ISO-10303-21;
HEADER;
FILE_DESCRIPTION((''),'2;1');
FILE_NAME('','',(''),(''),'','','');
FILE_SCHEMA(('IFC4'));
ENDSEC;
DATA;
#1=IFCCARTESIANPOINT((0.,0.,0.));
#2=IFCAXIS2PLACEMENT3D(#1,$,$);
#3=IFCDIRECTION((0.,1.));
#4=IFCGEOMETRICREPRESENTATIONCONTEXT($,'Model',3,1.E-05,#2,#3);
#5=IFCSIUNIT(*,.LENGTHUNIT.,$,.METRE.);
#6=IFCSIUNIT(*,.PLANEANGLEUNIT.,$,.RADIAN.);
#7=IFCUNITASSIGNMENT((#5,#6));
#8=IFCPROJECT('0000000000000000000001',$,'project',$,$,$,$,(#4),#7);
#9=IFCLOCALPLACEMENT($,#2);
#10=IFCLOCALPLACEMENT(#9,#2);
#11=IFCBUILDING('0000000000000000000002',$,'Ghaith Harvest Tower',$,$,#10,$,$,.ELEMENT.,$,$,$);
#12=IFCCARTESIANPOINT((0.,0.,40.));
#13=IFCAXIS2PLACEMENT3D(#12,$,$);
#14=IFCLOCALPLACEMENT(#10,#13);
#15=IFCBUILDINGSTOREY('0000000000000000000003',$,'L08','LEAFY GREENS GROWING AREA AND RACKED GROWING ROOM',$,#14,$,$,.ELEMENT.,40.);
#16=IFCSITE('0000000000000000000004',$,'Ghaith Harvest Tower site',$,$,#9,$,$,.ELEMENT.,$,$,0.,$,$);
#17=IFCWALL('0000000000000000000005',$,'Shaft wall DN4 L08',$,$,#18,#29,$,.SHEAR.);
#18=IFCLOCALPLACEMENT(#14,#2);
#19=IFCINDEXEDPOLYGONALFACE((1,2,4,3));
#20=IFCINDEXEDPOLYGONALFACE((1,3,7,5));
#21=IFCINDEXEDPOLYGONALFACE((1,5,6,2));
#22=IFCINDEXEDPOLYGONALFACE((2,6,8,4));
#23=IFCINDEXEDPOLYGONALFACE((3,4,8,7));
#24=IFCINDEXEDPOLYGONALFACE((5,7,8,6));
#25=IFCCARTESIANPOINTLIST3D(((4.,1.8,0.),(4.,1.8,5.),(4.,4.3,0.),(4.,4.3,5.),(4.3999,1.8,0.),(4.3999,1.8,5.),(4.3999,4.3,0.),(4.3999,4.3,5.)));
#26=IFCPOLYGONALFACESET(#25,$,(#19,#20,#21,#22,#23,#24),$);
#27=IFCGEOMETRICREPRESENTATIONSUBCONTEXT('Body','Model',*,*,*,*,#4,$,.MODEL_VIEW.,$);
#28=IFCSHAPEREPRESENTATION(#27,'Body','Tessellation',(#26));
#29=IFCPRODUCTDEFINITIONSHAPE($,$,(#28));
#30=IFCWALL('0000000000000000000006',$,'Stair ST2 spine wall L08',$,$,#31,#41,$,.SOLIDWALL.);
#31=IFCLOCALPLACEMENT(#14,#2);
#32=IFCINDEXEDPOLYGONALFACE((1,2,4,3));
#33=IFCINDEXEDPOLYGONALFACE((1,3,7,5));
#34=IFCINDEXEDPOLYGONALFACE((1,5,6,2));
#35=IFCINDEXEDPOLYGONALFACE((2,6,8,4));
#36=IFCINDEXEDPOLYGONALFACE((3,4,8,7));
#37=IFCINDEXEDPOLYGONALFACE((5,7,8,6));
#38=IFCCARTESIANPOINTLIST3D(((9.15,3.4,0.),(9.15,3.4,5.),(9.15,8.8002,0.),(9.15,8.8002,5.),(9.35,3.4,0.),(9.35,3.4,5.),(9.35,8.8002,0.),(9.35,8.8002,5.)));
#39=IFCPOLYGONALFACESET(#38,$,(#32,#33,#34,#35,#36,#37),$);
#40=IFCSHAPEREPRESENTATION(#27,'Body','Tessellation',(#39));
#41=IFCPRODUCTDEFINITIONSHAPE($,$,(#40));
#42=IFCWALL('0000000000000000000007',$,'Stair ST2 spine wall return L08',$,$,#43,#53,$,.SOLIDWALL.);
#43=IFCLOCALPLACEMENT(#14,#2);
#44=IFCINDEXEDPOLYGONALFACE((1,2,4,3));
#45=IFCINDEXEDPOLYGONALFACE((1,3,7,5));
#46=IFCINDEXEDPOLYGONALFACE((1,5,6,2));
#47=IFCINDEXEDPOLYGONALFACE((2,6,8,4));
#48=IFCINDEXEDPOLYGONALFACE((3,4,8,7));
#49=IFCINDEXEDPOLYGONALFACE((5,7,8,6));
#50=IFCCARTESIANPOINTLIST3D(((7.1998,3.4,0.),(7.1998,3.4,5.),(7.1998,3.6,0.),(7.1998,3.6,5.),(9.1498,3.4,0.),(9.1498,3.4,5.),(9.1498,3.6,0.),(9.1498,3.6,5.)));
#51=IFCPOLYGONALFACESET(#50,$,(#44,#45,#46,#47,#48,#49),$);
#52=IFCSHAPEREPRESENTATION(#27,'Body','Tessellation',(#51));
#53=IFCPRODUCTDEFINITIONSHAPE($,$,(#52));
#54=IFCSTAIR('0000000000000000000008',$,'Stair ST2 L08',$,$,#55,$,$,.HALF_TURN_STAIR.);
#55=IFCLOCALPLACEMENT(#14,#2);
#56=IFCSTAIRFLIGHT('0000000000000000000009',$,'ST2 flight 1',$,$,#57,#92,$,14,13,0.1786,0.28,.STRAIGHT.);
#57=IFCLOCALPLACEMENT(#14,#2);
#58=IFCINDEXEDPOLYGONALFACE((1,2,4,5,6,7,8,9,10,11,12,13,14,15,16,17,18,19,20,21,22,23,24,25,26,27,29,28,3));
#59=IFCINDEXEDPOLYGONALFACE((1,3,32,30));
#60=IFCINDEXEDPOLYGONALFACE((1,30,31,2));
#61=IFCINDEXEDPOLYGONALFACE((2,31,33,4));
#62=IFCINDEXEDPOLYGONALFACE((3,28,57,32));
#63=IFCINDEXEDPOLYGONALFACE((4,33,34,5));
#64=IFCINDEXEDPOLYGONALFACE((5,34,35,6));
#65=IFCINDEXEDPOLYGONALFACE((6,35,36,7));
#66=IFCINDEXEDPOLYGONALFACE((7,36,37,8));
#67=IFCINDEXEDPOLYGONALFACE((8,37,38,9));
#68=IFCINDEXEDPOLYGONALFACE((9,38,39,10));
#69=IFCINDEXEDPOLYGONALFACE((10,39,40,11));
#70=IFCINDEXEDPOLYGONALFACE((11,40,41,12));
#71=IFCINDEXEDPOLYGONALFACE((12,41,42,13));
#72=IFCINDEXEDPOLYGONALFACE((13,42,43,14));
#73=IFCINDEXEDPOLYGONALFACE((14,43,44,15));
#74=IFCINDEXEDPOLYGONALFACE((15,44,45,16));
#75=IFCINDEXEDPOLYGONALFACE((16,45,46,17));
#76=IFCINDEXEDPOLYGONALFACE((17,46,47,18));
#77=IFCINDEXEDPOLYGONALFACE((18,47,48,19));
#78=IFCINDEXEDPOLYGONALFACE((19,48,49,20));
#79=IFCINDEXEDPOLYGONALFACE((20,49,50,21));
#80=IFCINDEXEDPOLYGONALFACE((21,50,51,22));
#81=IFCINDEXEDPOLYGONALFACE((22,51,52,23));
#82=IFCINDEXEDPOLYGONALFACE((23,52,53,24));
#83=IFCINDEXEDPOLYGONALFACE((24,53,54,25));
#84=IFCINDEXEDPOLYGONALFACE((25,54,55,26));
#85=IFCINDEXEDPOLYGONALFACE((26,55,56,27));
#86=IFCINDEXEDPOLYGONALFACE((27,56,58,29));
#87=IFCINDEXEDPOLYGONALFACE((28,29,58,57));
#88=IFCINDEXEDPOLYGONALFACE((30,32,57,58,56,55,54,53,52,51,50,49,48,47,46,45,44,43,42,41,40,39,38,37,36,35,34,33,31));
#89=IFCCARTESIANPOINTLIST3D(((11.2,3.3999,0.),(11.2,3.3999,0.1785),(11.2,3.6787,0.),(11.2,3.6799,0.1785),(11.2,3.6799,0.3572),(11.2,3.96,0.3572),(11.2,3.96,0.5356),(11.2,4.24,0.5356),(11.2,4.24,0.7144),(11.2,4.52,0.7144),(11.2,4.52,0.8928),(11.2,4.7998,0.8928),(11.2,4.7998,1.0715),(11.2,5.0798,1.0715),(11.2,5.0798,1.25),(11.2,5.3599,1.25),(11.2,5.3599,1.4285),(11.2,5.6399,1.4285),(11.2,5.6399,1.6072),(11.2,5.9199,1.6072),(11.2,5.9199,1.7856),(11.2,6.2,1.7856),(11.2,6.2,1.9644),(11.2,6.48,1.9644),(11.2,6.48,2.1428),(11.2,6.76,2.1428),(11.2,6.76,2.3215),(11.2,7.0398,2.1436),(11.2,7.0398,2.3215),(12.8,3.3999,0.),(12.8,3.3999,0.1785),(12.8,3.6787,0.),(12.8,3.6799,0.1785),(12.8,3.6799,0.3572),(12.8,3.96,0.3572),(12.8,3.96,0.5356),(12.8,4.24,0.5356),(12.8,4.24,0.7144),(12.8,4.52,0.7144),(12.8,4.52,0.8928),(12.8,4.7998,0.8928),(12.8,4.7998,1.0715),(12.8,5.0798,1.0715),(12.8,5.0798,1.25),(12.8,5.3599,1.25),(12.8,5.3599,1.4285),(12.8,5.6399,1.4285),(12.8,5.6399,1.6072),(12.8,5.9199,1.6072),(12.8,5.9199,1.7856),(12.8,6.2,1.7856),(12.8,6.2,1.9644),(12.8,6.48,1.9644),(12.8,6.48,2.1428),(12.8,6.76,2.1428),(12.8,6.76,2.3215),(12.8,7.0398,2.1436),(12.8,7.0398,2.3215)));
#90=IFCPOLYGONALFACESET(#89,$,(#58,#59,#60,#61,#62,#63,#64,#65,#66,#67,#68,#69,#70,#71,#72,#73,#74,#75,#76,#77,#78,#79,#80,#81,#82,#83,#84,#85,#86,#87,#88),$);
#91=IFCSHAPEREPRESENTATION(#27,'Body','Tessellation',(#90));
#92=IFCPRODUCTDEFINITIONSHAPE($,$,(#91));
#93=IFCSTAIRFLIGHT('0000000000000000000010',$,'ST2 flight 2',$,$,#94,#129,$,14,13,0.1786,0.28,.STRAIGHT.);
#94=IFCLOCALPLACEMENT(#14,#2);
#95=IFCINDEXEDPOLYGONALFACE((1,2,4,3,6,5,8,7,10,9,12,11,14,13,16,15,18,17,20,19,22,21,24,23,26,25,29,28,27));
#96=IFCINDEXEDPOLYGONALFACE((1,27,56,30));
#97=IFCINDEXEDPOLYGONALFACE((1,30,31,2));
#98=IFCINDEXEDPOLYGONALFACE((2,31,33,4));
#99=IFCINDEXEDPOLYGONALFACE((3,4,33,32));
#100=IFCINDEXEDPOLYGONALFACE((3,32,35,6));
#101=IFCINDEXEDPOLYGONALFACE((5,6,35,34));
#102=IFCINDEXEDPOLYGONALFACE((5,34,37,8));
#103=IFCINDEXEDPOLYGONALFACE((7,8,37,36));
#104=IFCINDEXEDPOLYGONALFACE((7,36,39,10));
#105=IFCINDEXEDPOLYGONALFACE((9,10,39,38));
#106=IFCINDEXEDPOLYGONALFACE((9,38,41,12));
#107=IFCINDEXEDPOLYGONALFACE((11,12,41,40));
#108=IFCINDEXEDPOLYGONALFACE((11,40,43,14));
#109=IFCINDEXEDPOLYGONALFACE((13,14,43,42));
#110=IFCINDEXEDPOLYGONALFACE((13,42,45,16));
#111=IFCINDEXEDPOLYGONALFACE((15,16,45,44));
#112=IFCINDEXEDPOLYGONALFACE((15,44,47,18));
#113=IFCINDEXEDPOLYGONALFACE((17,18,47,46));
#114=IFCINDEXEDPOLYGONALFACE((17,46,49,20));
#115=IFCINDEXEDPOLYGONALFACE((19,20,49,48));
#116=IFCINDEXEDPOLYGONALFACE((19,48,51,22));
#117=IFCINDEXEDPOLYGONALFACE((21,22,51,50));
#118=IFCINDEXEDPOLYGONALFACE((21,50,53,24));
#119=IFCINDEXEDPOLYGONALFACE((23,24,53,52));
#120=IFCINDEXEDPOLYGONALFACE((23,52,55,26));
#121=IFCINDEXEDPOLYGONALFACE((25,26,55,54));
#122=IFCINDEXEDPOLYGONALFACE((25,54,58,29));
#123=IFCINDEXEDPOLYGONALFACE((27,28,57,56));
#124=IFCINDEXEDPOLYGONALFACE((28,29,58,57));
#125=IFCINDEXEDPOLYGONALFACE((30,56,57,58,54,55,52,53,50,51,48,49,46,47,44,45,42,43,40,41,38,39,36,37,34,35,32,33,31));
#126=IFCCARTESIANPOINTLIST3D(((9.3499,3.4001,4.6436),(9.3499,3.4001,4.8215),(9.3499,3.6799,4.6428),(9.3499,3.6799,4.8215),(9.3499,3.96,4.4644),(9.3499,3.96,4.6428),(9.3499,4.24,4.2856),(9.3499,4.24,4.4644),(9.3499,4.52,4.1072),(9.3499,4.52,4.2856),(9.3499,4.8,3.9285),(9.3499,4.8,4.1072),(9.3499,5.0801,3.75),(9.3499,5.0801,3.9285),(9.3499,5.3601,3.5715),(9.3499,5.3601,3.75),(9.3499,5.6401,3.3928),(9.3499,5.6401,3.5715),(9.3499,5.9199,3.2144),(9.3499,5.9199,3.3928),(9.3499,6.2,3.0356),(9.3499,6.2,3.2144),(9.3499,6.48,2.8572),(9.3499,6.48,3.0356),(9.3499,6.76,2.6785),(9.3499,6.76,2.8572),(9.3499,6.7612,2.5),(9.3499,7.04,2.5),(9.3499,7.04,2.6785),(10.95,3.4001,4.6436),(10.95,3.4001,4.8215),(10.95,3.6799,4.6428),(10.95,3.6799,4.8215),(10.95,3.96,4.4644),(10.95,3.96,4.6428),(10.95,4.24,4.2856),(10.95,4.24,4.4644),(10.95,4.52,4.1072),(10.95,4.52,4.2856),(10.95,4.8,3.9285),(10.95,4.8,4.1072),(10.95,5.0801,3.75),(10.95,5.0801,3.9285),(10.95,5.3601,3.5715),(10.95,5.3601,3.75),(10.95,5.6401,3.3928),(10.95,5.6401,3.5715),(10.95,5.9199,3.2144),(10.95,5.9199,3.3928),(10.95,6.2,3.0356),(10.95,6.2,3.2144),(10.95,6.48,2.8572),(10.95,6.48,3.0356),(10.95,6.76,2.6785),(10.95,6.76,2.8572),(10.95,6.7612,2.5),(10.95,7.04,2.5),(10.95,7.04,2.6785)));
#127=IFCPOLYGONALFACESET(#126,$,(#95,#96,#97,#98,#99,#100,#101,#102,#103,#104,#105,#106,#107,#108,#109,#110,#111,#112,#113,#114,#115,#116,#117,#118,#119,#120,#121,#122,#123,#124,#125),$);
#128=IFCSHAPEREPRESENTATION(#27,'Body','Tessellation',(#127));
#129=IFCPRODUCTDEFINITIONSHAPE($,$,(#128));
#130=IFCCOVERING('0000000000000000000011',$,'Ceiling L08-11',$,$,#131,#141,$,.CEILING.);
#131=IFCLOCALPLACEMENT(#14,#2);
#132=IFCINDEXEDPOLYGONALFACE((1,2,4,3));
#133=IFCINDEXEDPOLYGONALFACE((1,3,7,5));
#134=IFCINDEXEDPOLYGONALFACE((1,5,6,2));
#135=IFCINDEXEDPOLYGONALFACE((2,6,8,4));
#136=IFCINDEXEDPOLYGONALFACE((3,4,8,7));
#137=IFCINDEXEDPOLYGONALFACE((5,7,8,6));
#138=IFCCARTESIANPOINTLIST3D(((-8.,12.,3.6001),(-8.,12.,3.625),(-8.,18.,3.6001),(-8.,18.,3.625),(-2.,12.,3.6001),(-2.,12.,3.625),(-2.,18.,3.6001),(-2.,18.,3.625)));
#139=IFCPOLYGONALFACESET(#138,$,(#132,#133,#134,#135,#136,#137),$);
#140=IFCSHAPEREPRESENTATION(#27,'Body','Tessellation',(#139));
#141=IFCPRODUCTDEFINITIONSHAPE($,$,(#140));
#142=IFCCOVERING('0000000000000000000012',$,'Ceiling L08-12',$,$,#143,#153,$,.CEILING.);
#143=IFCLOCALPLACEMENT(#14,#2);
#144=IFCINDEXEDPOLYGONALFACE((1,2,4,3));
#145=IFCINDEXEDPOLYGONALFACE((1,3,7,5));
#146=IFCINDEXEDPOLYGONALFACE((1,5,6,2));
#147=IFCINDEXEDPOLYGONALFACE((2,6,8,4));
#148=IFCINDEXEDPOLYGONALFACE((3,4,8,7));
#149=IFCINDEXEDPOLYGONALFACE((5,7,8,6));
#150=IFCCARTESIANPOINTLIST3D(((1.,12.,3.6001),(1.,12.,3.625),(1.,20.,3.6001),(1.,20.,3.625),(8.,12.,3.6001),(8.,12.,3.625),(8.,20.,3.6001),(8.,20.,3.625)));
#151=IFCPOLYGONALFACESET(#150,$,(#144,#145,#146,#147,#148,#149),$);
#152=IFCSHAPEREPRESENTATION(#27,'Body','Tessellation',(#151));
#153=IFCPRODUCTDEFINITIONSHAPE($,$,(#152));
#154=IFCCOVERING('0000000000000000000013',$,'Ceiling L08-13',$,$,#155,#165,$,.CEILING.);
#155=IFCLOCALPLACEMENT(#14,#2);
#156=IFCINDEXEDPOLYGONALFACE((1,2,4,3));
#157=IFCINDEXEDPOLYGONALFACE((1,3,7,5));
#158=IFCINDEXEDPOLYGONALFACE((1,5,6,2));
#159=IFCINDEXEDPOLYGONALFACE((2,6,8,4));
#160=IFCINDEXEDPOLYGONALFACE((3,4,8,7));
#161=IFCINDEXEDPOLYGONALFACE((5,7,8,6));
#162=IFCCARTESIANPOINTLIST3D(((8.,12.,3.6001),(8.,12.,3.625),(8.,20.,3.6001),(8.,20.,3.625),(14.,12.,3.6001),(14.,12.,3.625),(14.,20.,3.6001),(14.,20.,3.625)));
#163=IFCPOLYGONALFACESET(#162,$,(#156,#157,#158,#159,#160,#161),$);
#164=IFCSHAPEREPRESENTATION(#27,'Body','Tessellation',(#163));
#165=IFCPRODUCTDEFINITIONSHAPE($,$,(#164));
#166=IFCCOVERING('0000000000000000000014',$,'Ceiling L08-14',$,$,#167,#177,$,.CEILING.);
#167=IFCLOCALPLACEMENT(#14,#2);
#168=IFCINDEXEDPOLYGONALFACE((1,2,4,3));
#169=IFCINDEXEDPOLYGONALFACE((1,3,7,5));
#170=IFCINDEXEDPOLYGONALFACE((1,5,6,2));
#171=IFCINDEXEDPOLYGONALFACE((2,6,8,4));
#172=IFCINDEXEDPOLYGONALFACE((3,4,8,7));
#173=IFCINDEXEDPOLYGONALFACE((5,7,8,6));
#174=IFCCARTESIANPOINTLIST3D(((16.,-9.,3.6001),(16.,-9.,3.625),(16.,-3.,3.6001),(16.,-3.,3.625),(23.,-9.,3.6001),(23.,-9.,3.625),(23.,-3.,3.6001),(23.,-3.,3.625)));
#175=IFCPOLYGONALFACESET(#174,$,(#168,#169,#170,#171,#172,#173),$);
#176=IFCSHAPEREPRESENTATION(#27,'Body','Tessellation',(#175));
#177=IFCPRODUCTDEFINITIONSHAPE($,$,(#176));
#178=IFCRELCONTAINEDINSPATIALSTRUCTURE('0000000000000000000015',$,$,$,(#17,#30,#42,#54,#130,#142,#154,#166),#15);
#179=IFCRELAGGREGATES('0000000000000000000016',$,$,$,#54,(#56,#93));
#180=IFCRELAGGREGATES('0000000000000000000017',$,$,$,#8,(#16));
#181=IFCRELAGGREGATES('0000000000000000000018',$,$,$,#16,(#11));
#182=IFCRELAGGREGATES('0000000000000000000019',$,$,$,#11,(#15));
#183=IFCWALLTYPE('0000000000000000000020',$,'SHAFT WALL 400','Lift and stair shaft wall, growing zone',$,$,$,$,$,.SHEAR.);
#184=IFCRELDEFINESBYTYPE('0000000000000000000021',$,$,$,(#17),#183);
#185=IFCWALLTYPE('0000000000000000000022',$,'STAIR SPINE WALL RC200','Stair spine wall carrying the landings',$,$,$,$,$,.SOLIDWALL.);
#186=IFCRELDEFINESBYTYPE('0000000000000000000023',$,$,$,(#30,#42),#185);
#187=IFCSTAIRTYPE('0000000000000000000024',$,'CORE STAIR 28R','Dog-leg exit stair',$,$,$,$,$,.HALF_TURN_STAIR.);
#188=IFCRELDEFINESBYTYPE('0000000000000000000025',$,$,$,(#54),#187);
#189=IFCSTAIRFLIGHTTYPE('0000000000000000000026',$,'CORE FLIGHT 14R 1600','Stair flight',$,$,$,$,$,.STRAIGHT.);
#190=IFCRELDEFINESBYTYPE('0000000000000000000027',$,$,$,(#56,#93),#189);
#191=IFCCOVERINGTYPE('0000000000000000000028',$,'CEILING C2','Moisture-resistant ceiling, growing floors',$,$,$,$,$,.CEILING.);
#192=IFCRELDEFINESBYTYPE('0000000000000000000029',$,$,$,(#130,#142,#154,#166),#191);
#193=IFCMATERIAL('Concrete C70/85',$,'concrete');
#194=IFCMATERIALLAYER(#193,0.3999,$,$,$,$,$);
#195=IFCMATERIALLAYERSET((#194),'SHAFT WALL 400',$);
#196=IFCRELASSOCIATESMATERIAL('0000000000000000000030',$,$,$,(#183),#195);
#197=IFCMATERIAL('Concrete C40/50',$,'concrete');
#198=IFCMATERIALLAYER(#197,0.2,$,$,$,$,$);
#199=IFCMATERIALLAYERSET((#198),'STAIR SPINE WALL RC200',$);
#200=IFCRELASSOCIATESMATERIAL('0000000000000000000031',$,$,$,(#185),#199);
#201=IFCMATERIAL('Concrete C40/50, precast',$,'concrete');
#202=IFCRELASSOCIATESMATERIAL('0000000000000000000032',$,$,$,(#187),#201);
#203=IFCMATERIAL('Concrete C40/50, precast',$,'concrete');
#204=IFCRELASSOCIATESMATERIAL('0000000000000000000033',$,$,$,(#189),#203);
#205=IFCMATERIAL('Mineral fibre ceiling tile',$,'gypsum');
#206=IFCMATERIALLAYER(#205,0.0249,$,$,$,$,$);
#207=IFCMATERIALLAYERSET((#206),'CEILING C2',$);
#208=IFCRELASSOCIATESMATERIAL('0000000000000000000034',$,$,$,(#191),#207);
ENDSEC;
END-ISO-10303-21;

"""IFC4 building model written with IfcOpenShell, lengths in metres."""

from ifc_helpers import new_model, si_unit, direction, frame, frame_2d, origin, place, context, subcontext, project, spatial, polyline, rectangle, outline, extrude, material, layer, layer_set, type_object, element, aggregate, save


model = new_model("IFC4")

# Units and contexts
model_context = context("Model", 3, precision=1e-05, world=origin(), true_north=direction((0.0, 1.0)))
body_context = subcontext(model_context, "Body", "Model", "MODEL_VIEW")
ifc_project = project(units=[si_unit("LENGTHUNIT", "METRE"), si_unit("PLANEANGLEUNIT", "RADIAN")], contexts=[model_context])

# Site, building, storey
site_placement = place(None, origin())
site = spatial("IfcSite", under=ifc_project, at=site_placement, Name="Ghaith Harvest Tower site", CompositionType="ELEMENT", RefElevation=0.0)
building_placement = place(site_placement, origin())
building = spatial("IfcBuilding", under=site, at=building_placement, Name="Ghaith Harvest Tower", CompositionType="ELEMENT")
storey_placement = place(building_placement, frame((0.0, 0.0, 40.0)))
storey = spatial("IfcBuildingStorey", under=building, at=storey_placement, Name="L08", Description="LEAFY GREENS GROWING AREA AND RACKED GROWING ROOM", CompositionType="ELEMENT", Elevation=40.0)

# Shared definitions
ifc_material_1 = material(Name="Concrete C70/85", Category="concrete")
ifc_layer_1 = layer(ifc_material_1, 0.3999)
ifc_layer_set_1 = layer_set([ifc_layer_1], Name="SHAFT WALL 400")
wall_type_1 = type_object("IfcWallType", Name="SHAFT WALL 400", Description="Lift and stair shaft wall, growing zone", PredefinedType="SHEAR", material=ifc_layer_set_1)

# Walls
for number, where, z_axis, x_axis, name in (
    (1, (4.2, 1.8, 0.0), (0.0, 0.0, 1.0), (0.0, 1.0, 0.0), "Shaft wall DN4 L08"),
):
    element("IfcWall", number, at=place(storey_placement, frame(where, z_axis=z_axis, x_axis=x_axis)), inside=storey, type_object=wall_type_1, Name=name, PredefinedType="SHEAR", context=body_context, shape_type="SweptSolid", body=[
        extrude(rectangle(XDim=2.5, YDim=0.3999, at=frame_2d((1.25, 0.0))), origin(), (0.0, 0.0, 1.0), 5.0),
    ])
ifc_material_2 = material(Name="Concrete C40/50", Category="concrete")
ifc_layer_2 = layer(ifc_material_2, 0.2)
ifc_layer_set_2 = layer_set([ifc_layer_2], Name="STAIR SPINE WALL RC200")
wall_type_2 = type_object("IfcWallType", Name="STAIR SPINE WALL RC200", Description="Stair spine wall carrying the landings", PredefinedType="SOLIDWALL", material=ifc_layer_set_2)
wall_1_placement = place(storey_placement, frame((9.25, 3.3999, 0.0), z_axis=(0.0, 0.0, 1.0), x_axis=(0.0, 1.0, 0.0)))
element("IfcWall", 2, at=wall_1_placement, inside=storey, type_object=wall_type_2, Name="Stair ST2 spine wall L08", PredefinedType="SOLIDWALL", context=body_context, shape_type="SweptSolid", body=[
    extrude(rectangle(XDim=5.4001, YDim=0.2, at=frame_2d((2.7002, 0.0))), origin(), (0.0, 0.0, 1.0), 5.0),
])
wall_2_placement = place(storey_placement, frame((9.1499, 3.5, 0.0), z_axis=(0.0, 0.0, 1.0), x_axis=(-1.0, 0.0, 0.0)))
element("IfcWall", 3, at=wall_2_placement, inside=storey, type_object=wall_type_2, Name="Stair ST2 spine wall return L08", PredefinedType="SOLIDWALL", context=body_context, shape_type="SweptSolid", body=[
    extrude(rectangle(XDim=1.95, YDim=0.2, at=frame_2d((0.9751, 0.0))), origin(), (0.0, 0.0, 1.0), 5.0),
])

# Stair, stair flights
ifc_material_3 = material(Name="Concrete C40/50, precast", Category="concrete")
stair_type = type_object("IfcStairType", Name="CORE STAIR 28R", Description="Dog-leg exit stair", PredefinedType="HALF_TURN_STAIR", material=ifc_material_3)
stair_placement = place(storey_placement, origin())
stair = element("IfcStair", 4, at=stair_placement, inside=storey, type_object=stair_type, Name="Stair ST2 L08", PredefinedType="HALF_TURN_STAIR")
ifc_material_4 = material(Name="Concrete C40/50, precast", Category="concrete")
stair_flight_type = type_object("IfcStairFlightType", Name="CORE FLIGHT 14R 1600", Description="Stair flight", PredefinedType="STRAIGHT", material=ifc_material_4)
stair_flight_1_placement = place(storey_placement, frame((12.0, 3.3999, 0.0), z_axis=(0.0, 0.0, 1.0), x_axis=(0.0, 1.0, 0.0)))
stair_flight_1 = element("IfcStairFlight", 5, at=stair_flight_1_placement, type_object=stair_flight_type, Name="ST2 flight 1", NumberOfRisers=14, NumberOfTreads=13, PredefinedType="STRAIGHT", RiserHeight=0.1786, TreadLength=0.28, context=body_context, shape_type="SweptSolid", body=[
    extrude(outline(polyline([(0.0, 0.0), (0.0, 0.1785), (0.28, 0.1785), (0.28, 0.3572), (0.5601, 0.3572), (0.5601, 0.5356), (0.8401, 0.5356), (0.8401, 0.7144), (1.1201, 0.7144), (1.1201, 0.8928), (1.3999, 0.8928), (1.3999, 1.0715), (1.6799, 1.0715), (1.6799, 1.25), (1.96, 1.25), (1.96, 1.4285), (2.24, 1.4285), (2.24, 1.6072), (2.52, 1.6072), (2.52, 1.7856), (2.8, 1.7856), (2.8, 1.9644), (3.0801, 1.9644), (3.0801, 2.1428), (3.3601, 2.1428), (3.3601, 2.3215), (3.6399, 2.3215), (3.6399, 2.5), (3.6399, 2.1436), (0.2788, 0.0), (0.0, 0.0)])), frame((0.0, 0.8, 0.0), z_axis=(0.0, -1.0, 0.0), x_axis=(1.0, 0.0, 0.0)), (0.0, 0.0, 1.0), 1.6001),
])
stair_flight_2_placement = place(storey_placement, frame((10.1499, 7.04, 2.5), z_axis=(0.0, 0.0, 1.0), x_axis=(0.0, -1.0, 0.0)))
stair_flight_2 = element("IfcStairFlight", 6, at=stair_flight_2_placement, type_object=stair_flight_type, Name="ST2 flight 2", NumberOfRisers=14, NumberOfTreads=13, PredefinedType="STRAIGHT", RiserHeight=0.1786, TreadLength=0.28, context=body_context, shape_type="SweptSolid", body=[
    extrude(outline(polyline([(0.0, 0.0), (0.0, 0.1785), (0.28, 0.1785), (0.28, 0.3572), (0.5601, 0.3572), (0.5601, 0.5356), (0.8401, 0.5356), (0.8401, 0.7144), (1.1201, 0.7144), (1.1201, 0.8928), (1.3999, 0.8928), (1.3999, 1.0715), (1.6799, 1.0715), (1.6799, 1.25), (1.96, 1.25), (1.96, 1.4285), (2.24, 1.4285), (2.24, 1.6072), (2.52, 1.6072), (2.52, 1.7856), (2.8, 1.7856), (2.8, 1.9644), (3.0801, 1.9644), (3.0801, 2.1428), (3.3601, 2.1428), (3.3601, 2.3215), (3.6399, 2.3215), (3.6399, 2.5), (3.6399, 2.1436), (0.2788, 0.0), (0.0, 0.0)])), frame((0.0, 0.8, 0.0), z_axis=(0.0, -1.0, 0.0), x_axis=(1.0, 0.0, 0.0)), (0.0, 0.0, 1.0), 1.6001),
])
aggregate(stair, [stair_flight_1, stair_flight_2])

# Coverings
ifc_material_5 = material(Name="Mineral fibre ceiling tile", Category="gypsum")
ifc_layer_3 = layer(ifc_material_5, 0.0249)
ifc_layer_set_3 = layer_set([ifc_layer_3], Name="CEILING C2")
covering_type = type_object("IfcCoveringType", Name="CEILING C2", Description="Moisture-resistant ceiling, growing floors", PredefinedType="CEILING", material=ifc_layer_set_3)
covering_1_placement = place(storey_placement, frame((0.0, 0.0, 3.6001)))
element("IfcCovering", 7, at=covering_1_placement, inside=storey, type_object=covering_type, Name="Ceiling L08-11", PredefinedType="CEILING", context=body_context, shape_type="SweptSolid", body=[
    extrude(outline(polyline([(-8.0, 12.0), (-2.0, 12.0), (-2.0, 18.0), (-8.0, 18.0), (-8.0, 12.0)])), origin(), (0.0, 0.0, 1.0), 0.0249),
])
covering_2_placement = place(storey_placement, frame((0.0, 0.0, 3.6001)))
element("IfcCovering", 8, at=covering_2_placement, inside=storey, type_object=covering_type, Name="Ceiling L08-12", PredefinedType="CEILING", context=body_context, shape_type="SweptSolid", body=[
    extrude(outline(polyline([(1.0, 12.0), (8.0, 12.0), (8.0, 20.0), (1.0, 20.0), (1.0, 12.0)])), origin(), (0.0, 0.0, 1.0), 0.0249),
])
covering_3_placement = place(storey_placement, frame((0.0, 0.0, 3.6001)))
element("IfcCovering", 9, at=covering_3_placement, inside=storey, type_object=covering_type, Name="Ceiling L08-13", PredefinedType="CEILING", context=body_context, shape_type="SweptSolid", body=[
    extrude(outline(polyline([(8.0, 12.0), (14.0, 12.0), (14.0, 20.0), (8.0, 20.0), (8.0, 12.0)])), origin(), (0.0, 0.0, 1.0), 0.0249),
])
covering_4_placement = place(storey_placement, frame((0.0, 0.0, 3.6001)))
element("IfcCovering", 10, at=covering_4_placement, inside=storey, type_object=covering_type, Name="Ceiling L08-14", PredefinedType="CEILING", context=body_context, shape_type="SweptSolid", body=[
    extrude(outline(polyline([(16.0, -9.0), (23.0, -9.0), (23.0, -3.0), (16.0, -3.0), (16.0, -9.0)])), origin(), (0.0, 0.0, 1.0), 0.0249),
])

save(model, "model.ifc")
